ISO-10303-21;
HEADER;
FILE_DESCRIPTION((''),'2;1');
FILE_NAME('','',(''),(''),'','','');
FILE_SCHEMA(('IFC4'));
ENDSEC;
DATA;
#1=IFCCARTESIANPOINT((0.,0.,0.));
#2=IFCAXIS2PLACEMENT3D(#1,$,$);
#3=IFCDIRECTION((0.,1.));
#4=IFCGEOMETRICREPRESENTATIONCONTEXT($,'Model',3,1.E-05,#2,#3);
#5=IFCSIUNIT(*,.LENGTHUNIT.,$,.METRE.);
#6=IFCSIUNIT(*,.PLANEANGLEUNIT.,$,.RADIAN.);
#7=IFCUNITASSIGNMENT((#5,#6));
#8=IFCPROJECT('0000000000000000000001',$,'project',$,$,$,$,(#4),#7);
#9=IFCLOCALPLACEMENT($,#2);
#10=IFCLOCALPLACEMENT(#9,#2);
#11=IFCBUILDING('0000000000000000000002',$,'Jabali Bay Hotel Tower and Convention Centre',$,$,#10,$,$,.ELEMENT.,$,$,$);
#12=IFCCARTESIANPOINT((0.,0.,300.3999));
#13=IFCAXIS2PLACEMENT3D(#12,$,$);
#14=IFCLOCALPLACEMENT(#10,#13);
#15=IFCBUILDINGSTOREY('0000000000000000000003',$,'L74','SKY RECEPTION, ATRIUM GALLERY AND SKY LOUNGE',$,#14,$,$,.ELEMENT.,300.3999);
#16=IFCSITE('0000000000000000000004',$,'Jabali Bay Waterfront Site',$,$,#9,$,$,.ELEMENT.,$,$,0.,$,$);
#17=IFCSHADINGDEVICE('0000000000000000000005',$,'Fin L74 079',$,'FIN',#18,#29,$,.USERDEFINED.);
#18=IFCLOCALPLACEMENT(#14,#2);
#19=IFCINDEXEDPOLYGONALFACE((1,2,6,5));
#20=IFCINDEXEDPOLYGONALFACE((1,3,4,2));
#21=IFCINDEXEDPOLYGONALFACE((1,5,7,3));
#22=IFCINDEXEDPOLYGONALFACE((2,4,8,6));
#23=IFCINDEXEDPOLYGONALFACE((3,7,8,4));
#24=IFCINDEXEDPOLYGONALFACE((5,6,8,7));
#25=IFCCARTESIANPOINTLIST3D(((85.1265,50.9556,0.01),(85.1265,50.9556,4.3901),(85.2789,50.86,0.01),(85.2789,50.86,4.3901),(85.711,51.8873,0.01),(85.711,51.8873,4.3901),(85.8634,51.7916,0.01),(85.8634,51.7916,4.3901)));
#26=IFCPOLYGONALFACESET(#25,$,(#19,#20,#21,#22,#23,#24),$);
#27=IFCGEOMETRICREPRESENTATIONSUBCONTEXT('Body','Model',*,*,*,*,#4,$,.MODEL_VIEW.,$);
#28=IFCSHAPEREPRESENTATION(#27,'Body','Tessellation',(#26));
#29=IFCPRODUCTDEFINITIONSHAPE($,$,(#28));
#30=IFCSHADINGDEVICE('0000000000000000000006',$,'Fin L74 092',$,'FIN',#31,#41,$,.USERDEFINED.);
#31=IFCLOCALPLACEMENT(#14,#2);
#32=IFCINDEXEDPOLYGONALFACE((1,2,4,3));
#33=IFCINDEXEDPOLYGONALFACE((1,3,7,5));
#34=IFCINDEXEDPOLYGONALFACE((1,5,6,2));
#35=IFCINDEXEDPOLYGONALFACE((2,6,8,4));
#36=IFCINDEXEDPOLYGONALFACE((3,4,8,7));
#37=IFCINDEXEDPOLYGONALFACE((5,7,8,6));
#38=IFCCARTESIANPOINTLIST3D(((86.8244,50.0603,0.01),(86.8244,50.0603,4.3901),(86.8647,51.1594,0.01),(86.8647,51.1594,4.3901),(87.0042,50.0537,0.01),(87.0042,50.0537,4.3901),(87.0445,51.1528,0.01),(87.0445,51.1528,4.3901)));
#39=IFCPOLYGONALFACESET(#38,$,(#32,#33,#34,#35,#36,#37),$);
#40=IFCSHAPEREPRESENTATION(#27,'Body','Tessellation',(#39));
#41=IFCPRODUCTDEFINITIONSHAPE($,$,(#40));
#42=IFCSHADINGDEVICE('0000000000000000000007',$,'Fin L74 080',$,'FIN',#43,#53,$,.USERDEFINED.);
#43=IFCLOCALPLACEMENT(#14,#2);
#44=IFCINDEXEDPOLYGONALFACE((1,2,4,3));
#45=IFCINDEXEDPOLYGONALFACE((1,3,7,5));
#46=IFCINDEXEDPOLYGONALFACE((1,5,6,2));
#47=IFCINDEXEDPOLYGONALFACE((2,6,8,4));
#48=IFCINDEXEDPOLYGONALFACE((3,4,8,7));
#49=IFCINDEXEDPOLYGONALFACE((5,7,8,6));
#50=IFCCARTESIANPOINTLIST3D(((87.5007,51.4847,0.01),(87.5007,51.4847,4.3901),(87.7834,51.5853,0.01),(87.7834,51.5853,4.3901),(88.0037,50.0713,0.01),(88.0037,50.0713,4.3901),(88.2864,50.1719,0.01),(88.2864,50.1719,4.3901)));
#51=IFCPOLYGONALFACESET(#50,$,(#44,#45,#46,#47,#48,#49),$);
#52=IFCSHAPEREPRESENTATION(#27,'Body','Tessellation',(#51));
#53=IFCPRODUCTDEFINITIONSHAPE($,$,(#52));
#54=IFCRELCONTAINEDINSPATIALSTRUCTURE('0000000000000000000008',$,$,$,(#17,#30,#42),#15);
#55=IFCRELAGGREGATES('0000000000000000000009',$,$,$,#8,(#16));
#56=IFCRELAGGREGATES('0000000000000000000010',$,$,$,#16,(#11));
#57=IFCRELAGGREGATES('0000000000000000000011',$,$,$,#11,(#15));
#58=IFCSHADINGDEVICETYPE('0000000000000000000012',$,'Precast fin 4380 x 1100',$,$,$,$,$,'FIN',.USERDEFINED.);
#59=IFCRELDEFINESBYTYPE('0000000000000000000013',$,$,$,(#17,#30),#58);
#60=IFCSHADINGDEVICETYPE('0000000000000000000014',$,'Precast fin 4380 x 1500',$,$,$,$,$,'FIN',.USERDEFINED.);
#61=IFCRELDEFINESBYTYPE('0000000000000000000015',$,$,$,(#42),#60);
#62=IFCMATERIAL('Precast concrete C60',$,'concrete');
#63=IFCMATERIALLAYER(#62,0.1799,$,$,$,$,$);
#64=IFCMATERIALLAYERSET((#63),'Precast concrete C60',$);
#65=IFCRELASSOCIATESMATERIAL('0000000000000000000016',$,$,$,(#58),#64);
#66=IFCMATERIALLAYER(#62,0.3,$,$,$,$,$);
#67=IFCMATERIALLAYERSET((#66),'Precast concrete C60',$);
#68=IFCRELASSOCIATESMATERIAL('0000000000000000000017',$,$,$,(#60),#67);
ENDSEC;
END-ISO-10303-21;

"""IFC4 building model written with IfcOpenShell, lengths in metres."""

from ifc_helpers import new_model, si_unit, direction, frame, frame_2d, origin, place, context, subcontext, project, spatial, rectangle, extrude, material, layer, layer_set, type_object, element, save


model = new_model("IFC4")

# Units and contexts
model_context = context("Model", 3, precision=1e-05, world=origin(), true_north=direction((0.0, 1.0)))
body_context = subcontext(model_context, "Body", "Model", "MODEL_VIEW")
ifc_project = project(units=[si_unit("LENGTHUNIT", "METRE"), si_unit("PLANEANGLEUNIT", "RADIAN")], contexts=[model_context])

# Site, building, storey
site_placement = place(None, origin())
site = spatial("IfcSite", under=ifc_project, at=site_placement, Name="Jabali Bay Waterfront Site", CompositionType="ELEMENT", RefElevation=0.0)
building_placement = place(site_placement, origin())
building = spatial("IfcBuilding", under=site, at=building_placement, Name="Jabali Bay Hotel Tower and Convention Centre", CompositionType="ELEMENT")
storey_placement = place(building_placement, frame((0.0, 0.0, 300.3999)))
storey = spatial("IfcBuildingStorey", under=building, at=storey_placement, Name="L74", Description="SKY RECEPTION, ATRIUM GALLERY AND SKY LOUNGE", CompositionType="ELEMENT", Elevation=300.3999)

# Shading devices
ifc_material_1 = material(Name="Precast concrete C60", Category="concrete")
ifc_layer_1 = layer(ifc_material_1, 0.1799)
ifc_layer_set_1 = layer_set([ifc_layer_1], Name="Precast concrete C60")
shading_device_type_1 = type_object("IfcShadingDeviceType", Name="Precast fin 4380 x 1100", ElementType="FIN", PredefinedType="USERDEFINED", material=ifc_layer_set_1)
for number, where, z_axis, x_axis, name in (
    (1, (85.7871, 51.8394, 0.01), (0.0, 0.0, 1.0), (-0.531435, -0.847099, 0.0), "Fin L74 079"),
    (2, (86.9546, 51.156, 0.01), (0.0, 0.0, 1.0), (-0.036626, -0.999329, 0.0), "Fin L74 092"),
):
    element("IfcShadingDevice", number, at=place(storey_placement, frame(where, z_axis=z_axis, x_axis=x_axis)), inside=storey, type_object=shading_device_type_1, Name=name, ObjectType="FIN", PredefinedType="USERDEFINED", context=body_context, shape_type="SweptSolid", body=[
        extrude(rectangle(XDim=1.0999, YDim=0.1799, at=frame_2d((0.5498, 0.0))), origin(), (0.0, 0.0, 1.0), 4.3801),
    ])
ifc_layer_2 = layer(ifc_material_1, 0.3)
ifc_layer_set_2 = layer_set([ifc_layer_2], Name="Precast concrete C60")
shading_device_type_2 = type_object("IfcShadingDeviceType", Name="Precast fin 4380 x 1500", ElementType="FIN", PredefinedType="USERDEFINED", material=ifc_layer_set_2)
shading_device_1_placement = place(storey_placement, frame((87.6421, 51.5349, 0.01), z_axis=(0.0, 0.0, 1.0), x_axis=(0.335254, -0.942128, 0.0)))
element("IfcShadingDevice", 3, at=shading_device_1_placement, inside=storey, type_object=shading_device_type_2, Name="Fin L74 080", ObjectType="FIN", PredefinedType="USERDEFINED", context=body_context, shape_type="SweptSolid", body=[
    extrude(rectangle(XDim=1.5002, YDim=0.3, at=frame_2d((0.75, 0.0))), origin(), (0.0, 0.0, 1.0), 4.3801),
])

save(model, "model.ifc")
